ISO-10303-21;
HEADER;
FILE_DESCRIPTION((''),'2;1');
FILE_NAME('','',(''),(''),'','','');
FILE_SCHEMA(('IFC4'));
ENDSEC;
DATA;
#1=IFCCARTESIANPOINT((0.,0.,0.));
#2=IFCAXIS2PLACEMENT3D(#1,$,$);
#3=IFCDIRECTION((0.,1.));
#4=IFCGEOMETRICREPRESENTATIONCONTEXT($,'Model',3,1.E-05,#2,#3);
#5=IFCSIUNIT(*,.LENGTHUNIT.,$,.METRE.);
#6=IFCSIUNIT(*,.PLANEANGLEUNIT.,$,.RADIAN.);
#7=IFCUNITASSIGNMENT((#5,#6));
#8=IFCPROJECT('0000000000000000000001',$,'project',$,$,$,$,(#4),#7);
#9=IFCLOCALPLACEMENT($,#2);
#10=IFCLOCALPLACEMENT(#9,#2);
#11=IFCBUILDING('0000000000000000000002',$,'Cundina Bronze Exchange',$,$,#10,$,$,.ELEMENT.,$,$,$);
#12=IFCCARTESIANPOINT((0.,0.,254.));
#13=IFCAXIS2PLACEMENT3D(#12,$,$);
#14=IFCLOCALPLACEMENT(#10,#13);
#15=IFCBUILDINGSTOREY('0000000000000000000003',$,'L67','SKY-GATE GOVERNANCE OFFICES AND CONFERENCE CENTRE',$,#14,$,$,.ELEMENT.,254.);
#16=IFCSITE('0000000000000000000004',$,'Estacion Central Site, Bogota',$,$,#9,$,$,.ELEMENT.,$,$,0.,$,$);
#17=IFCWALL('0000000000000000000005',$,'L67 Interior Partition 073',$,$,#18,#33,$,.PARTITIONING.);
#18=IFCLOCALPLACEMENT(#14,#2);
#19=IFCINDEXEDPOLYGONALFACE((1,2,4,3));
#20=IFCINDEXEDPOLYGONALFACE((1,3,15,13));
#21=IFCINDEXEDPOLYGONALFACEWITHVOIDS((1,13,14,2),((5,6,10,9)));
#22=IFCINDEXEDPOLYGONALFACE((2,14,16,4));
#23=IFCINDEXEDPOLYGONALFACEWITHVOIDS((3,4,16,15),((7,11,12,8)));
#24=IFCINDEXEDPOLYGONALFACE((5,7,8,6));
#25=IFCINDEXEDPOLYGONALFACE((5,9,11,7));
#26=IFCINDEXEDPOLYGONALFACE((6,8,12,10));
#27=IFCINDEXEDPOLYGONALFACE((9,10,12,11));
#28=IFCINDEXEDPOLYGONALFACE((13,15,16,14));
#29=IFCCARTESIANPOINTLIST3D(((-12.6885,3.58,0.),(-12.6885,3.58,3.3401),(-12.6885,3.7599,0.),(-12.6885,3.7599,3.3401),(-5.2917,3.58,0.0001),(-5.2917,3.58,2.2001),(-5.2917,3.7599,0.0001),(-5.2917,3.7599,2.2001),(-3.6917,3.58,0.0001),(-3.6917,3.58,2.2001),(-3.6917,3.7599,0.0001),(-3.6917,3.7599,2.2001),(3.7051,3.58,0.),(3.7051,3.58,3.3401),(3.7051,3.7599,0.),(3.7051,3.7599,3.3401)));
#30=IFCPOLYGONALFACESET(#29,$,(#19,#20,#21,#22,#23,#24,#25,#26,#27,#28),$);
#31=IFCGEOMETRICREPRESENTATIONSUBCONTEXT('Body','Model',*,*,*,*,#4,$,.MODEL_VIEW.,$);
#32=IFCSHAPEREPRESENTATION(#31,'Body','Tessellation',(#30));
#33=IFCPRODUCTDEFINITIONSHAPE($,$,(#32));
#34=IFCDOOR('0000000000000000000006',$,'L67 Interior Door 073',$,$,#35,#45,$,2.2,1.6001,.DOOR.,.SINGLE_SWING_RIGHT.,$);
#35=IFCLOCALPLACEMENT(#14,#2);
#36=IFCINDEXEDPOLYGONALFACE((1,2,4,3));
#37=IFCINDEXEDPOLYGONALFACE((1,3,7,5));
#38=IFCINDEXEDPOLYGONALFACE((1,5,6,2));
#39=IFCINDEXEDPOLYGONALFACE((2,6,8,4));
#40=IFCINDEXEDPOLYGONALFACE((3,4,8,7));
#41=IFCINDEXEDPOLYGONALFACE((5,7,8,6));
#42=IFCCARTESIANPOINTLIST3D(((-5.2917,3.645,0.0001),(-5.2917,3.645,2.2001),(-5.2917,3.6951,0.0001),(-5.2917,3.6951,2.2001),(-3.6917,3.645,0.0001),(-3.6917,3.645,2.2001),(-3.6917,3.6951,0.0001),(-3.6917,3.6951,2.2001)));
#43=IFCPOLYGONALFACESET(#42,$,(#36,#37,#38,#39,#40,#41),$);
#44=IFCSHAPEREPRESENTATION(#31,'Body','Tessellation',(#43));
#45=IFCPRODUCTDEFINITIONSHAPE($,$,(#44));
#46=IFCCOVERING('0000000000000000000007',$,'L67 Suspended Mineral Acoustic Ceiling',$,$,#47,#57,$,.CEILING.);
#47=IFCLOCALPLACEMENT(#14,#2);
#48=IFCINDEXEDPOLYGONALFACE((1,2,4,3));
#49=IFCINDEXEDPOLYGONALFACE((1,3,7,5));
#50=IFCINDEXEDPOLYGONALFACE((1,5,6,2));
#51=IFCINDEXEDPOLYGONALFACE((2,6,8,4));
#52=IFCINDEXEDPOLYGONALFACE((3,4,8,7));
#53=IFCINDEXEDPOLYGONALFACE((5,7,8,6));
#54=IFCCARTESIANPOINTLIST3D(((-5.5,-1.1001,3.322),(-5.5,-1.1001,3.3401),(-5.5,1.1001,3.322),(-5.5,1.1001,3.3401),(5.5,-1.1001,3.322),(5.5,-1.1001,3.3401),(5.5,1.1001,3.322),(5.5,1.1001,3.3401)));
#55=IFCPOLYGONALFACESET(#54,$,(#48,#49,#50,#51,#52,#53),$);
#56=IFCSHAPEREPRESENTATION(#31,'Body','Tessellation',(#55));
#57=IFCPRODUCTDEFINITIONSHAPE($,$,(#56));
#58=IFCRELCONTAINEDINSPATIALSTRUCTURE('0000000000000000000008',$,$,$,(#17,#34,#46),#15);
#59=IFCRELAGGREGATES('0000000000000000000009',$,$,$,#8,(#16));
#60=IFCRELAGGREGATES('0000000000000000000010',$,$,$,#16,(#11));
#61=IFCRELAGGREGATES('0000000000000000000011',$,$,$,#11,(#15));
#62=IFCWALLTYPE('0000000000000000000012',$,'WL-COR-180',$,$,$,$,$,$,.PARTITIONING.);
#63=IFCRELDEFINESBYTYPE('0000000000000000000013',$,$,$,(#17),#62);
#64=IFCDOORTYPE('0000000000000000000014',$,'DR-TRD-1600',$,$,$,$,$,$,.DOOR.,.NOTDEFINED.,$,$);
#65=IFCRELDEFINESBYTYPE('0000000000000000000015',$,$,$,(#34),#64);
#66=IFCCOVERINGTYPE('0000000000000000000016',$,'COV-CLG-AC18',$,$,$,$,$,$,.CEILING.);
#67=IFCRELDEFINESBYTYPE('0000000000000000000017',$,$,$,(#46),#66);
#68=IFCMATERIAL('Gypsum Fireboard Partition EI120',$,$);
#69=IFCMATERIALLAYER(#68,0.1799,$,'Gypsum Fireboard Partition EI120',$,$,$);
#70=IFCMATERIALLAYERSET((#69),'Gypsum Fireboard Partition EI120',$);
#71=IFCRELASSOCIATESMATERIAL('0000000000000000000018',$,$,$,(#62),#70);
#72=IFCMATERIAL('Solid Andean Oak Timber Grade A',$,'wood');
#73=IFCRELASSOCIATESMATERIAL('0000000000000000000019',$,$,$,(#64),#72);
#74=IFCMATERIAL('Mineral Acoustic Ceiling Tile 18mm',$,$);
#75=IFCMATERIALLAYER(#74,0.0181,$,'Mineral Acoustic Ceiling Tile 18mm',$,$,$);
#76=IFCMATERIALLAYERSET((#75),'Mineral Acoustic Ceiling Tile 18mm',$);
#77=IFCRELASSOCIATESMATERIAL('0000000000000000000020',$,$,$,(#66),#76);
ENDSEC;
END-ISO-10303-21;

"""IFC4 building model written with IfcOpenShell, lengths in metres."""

from ifc_helpers import new_model, si_unit, direction, frame, frame_2d, origin, place, context, subcontext, project, spatial, polyline, rectangle, outline, extrude, material, layer, layer_set, type_object, element, fill, save


model = new_model("IFC4")

# Units and contexts
model_context = context("Model", 3, precision=1e-05, world=origin(), true_north=direction((0.0, 1.0)))
body_context = subcontext(model_context, "Body", "Model", "MODEL_VIEW")
ifc_project = project(units=[si_unit("LENGTHUNIT", "METRE"), si_unit("PLANEANGLEUNIT", "RADIAN")], contexts=[model_context])

# Site, building, storey
site_placement = place(None, origin())
site = spatial("IfcSite", under=ifc_project, at=site_placement, Name="Estacion Central Site, Bogota", CompositionType="ELEMENT", RefElevation=0.0)
building_placement = place(site_placement, origin())
building = spatial("IfcBuilding", under=site, at=building_placement, Name="Cundina Bronze Exchange", CompositionType="ELEMENT")
storey_placement = place(building_placement, frame((0.0, 0.0, 254.0)))
storey = spatial("IfcBuildingStorey", under=building, at=storey_placement, Name="L67", Description="SKY-GATE GOVERNANCE OFFICES AND CONFERENCE CENTRE", CompositionType="ELEMENT", Elevation=254.0)

# Wall, opening, door
ifc_material_1 = material(Name="Gypsum Fireboard Partition EI120")
ifc_layer_1 = layer(ifc_material_1, 0.1799, Name="Gypsum Fireboard Partition EI120")
ifc_layer_set_1 = layer_set([ifc_layer_1], Name="Gypsum Fireboard Partition EI120")
wall_type = type_object("IfcWallType", Name="WL-COR-180", PredefinedType="PARTITIONING", material=ifc_layer_set_1)
ifc_material_2 = material(Name="Solid Andean Oak Timber Grade A", Category="wood")
door_type = type_object("IfcDoorType", Name="DR-TRD-1600", OperationType="NOTDEFINED", PredefinedType="DOOR", material=ifc_material_2)
wall_1_placement = place(storey_placement, frame((3.7051, 3.6699, 0.0), z_axis=(0.0, 0.0, 1.0), x_axis=(-1.0, 0.0, 0.0)))
wall_1 = element("IfcWall", 1, at=wall_1_placement, inside=storey, type_object=wall_type, Name="L67 Interior Partition 073", PredefinedType="PARTITIONING", context=body_context, shape_type="SweptSolid", body=[
    extrude(rectangle(XDim=16.3936, YDim=0.1799, at=frame_2d((8.1968, 0.0))), origin(), (0.0, 0.0, 1.0), 3.3401),
])
opening_1_placement = place(wall_1_placement, frame((7.3967, 0.0, 0.0)))
opening_1 = element("IfcOpeningElement", 2, at=opening_1_placement, cuts=wall_1, PredefinedType="OPENING", context=body_context, shape_type="SweptSolid", body=[
    extrude(rectangle(XDim=1.6001, YDim=2.2, at=frame_2d((0.8, 1.1001))), frame((0.0, 0.0999, 0.0), z_axis=(0.0, -1.0, 0.0), x_axis=(1.0, 0.0, 0.0)), (0.0, 0.0, 1.0), 0.2),
])
door_1_placement = place(opening_1_placement, origin())
door_1 = element("IfcDoor", 3, at=door_1_placement, inside=storey, type_object=door_type, Name="L67 Interior Door 073", OperationType="SINGLE_SWING_RIGHT", OverallHeight=2.2, OverallWidth=1.6001, PredefinedType="DOOR", context=body_context, shape_type="SweptSolid", body=[
    extrude(rectangle(XDim=1.6001, YDim=2.2, at=frame_2d((0.8, 1.1001))), frame((0.0, 0.0249, 0.0), z_axis=(0.0, -1.0, 0.0), x_axis=(1.0, 0.0, 0.0)), (0.0, 0.0, 1.0), 0.05),
])
fill(opening_1, door_1)

# Covering
ifc_material_3 = material(Name="Mineral Acoustic Ceiling Tile 18mm")
ifc_layer_2 = layer(ifc_material_3, 0.0181, Name="Mineral Acoustic Ceiling Tile 18mm")
ifc_layer_set_2 = layer_set([ifc_layer_2], Name="Mineral Acoustic Ceiling Tile 18mm")
covering_type = type_object("IfcCoveringType", Name="COV-CLG-AC18", PredefinedType="CEILING", material=ifc_layer_set_2)
covering_placement = place(storey_placement, frame((0.0, 0.0, 3.322)))
element("IfcCovering", 4, at=covering_placement, inside=storey, type_object=covering_type, Name="L67 Suspended Mineral Acoustic Ceiling", PredefinedType="CEILING", context=body_context, shape_type="SweptSolid", body=[
    extrude(outline(polyline([(-5.5, -1.1001), (5.5, -1.1001), (5.5, 1.1001), (-5.5, 1.1001), (-5.5, -1.1001)])), origin(), (0.0, 0.0, 1.0), 0.0181),
])

save(model, "model.ifc")
